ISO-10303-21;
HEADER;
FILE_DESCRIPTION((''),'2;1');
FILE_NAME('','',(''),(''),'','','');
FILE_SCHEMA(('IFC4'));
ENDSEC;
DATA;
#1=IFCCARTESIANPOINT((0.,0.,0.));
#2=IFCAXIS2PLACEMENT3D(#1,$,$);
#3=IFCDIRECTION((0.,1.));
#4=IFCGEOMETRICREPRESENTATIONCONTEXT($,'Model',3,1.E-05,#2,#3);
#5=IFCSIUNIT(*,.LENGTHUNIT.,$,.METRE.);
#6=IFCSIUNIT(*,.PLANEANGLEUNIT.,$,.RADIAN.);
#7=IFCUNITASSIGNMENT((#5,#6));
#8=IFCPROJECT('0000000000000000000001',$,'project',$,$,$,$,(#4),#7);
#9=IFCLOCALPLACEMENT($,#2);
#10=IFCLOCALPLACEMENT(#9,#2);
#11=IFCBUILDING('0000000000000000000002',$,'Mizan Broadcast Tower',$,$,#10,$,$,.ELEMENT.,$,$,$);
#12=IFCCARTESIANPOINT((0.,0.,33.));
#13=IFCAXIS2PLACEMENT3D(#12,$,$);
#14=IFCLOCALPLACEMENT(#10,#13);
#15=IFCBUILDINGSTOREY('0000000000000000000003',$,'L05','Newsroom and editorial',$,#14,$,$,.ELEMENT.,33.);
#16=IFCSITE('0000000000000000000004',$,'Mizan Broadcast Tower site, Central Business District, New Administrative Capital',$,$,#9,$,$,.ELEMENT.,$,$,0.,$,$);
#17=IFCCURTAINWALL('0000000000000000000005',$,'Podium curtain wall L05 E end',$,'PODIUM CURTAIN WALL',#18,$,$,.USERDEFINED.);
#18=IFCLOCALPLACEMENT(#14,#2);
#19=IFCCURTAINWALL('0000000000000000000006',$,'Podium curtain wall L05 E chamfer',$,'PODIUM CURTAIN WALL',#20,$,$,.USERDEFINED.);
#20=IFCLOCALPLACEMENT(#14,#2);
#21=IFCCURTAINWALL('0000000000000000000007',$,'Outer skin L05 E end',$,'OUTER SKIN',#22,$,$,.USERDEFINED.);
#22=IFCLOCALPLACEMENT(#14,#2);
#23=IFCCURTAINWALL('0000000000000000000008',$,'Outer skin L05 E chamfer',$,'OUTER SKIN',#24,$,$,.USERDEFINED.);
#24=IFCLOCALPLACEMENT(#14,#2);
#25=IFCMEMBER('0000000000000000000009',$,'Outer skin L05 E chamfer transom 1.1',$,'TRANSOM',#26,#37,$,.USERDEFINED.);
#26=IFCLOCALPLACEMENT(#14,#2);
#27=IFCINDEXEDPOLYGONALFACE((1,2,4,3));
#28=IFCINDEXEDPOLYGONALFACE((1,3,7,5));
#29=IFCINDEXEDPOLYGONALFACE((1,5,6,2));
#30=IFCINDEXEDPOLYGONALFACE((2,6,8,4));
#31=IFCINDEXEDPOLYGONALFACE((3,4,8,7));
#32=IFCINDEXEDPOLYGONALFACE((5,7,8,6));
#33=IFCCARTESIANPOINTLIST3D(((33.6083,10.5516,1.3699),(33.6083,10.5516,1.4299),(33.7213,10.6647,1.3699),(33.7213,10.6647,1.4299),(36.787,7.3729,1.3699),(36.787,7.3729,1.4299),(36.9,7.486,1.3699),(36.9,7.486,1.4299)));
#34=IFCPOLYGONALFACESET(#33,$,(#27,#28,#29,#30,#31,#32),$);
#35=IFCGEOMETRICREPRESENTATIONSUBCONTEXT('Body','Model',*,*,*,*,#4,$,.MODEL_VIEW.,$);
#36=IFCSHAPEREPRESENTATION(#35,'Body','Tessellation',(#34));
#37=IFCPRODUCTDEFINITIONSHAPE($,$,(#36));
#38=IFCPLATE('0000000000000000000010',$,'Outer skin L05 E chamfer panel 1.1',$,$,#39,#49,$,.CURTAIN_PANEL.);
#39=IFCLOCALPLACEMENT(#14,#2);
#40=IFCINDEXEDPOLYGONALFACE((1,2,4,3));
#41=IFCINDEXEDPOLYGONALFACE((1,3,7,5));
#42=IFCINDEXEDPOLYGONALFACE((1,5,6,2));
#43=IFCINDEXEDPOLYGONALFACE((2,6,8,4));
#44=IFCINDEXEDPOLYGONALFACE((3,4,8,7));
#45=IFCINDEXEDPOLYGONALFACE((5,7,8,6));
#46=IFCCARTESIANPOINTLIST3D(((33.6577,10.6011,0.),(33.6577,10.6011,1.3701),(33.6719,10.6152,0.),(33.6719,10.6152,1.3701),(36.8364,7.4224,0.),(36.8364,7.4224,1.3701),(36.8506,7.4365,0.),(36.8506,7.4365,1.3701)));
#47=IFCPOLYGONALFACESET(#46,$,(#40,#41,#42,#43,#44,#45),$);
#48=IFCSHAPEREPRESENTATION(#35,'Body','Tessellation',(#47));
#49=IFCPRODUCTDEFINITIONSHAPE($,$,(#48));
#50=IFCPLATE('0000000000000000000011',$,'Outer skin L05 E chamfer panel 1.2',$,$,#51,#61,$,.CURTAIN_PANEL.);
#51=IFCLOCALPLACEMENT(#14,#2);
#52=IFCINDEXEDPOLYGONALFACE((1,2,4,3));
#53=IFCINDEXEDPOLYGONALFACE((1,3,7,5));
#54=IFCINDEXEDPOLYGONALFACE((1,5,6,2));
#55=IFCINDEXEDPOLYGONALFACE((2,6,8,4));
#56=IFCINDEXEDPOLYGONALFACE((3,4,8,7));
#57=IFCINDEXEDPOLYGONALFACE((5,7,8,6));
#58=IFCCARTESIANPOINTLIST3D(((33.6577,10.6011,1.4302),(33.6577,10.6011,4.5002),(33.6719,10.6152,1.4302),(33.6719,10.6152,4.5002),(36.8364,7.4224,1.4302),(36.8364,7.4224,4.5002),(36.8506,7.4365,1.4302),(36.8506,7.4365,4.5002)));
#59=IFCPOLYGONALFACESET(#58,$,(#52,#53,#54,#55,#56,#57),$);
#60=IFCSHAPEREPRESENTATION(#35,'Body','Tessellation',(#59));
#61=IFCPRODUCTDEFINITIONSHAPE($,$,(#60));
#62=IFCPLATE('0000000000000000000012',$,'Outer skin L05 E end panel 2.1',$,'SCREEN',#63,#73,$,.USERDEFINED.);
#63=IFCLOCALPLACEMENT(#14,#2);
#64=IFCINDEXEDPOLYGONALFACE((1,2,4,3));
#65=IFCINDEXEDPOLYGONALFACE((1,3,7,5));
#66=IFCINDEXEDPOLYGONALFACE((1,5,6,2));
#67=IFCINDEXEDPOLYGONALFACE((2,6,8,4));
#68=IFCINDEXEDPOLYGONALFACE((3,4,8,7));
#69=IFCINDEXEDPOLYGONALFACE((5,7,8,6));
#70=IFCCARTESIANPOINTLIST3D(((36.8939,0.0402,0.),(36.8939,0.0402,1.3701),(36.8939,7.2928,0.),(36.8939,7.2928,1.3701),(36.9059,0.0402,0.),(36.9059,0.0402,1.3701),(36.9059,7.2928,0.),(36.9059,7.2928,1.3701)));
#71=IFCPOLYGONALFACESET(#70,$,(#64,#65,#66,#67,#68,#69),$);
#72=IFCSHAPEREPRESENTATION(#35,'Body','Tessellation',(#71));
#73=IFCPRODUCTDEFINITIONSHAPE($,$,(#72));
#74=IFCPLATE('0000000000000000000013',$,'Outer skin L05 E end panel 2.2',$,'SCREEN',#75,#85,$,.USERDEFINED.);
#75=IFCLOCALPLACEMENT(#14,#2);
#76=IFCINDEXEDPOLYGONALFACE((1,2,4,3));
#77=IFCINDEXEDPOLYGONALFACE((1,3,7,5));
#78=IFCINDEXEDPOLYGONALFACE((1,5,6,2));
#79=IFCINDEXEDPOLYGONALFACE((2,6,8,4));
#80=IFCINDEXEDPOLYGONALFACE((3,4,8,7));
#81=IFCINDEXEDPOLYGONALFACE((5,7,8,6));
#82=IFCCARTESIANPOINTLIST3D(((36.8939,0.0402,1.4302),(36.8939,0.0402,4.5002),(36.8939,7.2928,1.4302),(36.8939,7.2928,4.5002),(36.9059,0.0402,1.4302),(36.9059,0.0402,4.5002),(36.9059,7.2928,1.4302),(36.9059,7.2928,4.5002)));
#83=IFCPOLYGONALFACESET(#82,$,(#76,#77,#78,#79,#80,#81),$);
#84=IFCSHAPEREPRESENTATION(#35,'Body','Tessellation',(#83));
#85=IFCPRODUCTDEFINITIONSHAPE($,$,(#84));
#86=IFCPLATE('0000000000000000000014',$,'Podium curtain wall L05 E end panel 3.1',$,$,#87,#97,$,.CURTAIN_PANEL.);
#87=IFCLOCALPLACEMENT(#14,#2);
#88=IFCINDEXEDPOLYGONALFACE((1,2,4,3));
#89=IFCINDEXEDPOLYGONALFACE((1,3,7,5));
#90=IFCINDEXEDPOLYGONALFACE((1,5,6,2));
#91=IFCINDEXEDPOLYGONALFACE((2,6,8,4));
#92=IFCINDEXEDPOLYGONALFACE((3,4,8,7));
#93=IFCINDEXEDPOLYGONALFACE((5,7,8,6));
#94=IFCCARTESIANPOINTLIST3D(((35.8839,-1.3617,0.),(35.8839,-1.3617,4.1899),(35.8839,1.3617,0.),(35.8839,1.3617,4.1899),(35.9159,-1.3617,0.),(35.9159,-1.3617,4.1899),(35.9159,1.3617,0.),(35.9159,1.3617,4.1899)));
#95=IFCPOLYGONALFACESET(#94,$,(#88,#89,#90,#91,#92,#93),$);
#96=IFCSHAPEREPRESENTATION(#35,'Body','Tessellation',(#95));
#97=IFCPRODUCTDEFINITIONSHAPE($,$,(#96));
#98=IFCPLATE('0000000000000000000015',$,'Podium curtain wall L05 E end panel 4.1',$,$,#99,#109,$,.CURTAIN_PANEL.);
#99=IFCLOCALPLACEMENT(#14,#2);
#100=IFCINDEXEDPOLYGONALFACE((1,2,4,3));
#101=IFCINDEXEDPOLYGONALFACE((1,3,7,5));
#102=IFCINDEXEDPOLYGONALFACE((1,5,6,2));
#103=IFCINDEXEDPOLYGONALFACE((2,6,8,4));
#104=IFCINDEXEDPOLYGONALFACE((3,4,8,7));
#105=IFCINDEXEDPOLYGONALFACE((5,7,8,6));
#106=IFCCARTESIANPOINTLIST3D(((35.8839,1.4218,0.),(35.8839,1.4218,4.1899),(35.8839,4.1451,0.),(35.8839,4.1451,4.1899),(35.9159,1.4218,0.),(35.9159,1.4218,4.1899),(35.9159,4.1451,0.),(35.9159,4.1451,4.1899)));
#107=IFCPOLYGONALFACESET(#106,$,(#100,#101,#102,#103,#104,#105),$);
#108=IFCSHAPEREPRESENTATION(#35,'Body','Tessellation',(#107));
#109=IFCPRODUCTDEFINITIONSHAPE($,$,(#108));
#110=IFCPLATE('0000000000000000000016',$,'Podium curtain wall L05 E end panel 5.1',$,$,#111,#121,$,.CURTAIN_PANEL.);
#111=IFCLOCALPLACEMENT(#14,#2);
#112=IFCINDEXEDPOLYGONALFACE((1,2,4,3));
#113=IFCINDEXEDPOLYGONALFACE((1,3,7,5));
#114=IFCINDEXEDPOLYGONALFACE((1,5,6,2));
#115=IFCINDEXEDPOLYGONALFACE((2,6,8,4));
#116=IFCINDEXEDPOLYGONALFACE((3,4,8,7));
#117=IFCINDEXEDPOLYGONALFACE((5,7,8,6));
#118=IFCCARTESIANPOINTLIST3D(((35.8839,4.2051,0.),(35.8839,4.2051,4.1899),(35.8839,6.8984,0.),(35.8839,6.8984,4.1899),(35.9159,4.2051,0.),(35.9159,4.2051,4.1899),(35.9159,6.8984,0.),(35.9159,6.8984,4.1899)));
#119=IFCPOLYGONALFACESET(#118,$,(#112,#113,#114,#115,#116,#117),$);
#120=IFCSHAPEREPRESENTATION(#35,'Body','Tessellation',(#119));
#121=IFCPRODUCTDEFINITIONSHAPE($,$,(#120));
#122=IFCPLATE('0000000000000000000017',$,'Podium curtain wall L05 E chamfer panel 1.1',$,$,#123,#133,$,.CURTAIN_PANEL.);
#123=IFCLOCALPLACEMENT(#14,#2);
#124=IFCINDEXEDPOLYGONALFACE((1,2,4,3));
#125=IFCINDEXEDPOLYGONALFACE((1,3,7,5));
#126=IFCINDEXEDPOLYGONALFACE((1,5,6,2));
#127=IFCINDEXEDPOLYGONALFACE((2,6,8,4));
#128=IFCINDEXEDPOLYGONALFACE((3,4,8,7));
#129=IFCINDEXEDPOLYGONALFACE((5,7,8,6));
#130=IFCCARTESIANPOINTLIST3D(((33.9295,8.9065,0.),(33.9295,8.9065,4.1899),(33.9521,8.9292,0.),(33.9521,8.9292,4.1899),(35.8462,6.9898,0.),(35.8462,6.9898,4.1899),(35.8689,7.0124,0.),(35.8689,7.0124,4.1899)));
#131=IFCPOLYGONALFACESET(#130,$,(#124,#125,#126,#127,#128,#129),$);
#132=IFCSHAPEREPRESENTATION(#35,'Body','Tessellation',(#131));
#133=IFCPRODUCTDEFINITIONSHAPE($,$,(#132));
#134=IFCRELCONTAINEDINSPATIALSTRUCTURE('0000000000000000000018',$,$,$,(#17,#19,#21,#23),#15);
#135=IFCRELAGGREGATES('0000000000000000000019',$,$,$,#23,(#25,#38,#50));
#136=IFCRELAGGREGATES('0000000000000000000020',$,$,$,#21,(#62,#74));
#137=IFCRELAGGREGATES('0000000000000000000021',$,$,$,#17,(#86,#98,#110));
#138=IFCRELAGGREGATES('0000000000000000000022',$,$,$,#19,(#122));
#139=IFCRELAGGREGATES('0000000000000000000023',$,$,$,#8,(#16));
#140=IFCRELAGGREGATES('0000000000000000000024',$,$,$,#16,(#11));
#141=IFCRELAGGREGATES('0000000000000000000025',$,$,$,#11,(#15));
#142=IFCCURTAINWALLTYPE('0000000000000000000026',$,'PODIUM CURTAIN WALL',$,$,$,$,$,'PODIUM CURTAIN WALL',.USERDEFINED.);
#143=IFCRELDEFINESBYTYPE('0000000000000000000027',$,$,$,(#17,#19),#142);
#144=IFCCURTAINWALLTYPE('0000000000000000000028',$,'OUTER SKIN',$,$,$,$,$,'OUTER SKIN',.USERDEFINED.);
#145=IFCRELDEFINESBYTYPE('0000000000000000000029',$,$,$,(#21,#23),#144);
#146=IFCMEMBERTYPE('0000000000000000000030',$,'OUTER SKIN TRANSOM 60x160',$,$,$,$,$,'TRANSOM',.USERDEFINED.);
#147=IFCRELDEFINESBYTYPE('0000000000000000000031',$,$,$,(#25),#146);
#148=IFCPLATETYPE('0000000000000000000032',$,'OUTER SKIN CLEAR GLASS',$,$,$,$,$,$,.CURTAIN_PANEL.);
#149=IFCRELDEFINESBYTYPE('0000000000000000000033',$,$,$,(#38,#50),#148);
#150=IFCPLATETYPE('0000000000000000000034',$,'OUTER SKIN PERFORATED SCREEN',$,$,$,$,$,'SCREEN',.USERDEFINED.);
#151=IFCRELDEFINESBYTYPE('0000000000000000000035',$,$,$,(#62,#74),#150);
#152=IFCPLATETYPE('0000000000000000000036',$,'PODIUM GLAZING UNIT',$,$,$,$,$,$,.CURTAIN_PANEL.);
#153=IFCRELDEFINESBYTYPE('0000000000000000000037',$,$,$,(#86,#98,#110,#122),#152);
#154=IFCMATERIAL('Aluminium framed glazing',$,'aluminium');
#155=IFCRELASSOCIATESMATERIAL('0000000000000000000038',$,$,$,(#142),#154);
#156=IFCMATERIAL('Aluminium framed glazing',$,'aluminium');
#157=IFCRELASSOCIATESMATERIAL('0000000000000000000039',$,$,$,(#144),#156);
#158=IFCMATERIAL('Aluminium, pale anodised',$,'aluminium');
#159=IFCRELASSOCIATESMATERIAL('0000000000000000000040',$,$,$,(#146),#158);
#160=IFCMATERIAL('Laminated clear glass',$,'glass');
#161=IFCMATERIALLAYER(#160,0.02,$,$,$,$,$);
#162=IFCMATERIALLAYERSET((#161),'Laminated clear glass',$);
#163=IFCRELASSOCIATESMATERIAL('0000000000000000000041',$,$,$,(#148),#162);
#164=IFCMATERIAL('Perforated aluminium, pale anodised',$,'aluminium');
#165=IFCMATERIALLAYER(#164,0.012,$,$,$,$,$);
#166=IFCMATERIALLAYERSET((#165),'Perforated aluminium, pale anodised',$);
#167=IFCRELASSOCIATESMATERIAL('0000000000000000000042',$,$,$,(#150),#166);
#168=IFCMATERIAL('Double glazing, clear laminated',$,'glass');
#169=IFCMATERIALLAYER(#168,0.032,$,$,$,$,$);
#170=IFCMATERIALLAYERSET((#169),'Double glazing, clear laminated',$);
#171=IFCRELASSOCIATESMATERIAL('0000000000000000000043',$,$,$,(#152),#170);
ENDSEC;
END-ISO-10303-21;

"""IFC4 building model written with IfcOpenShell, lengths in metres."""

from ifc_helpers import new_model, si_unit, direction, frame, origin, origin_2d, place, context, subcontext, project, spatial, rectangle, extrude, material, layer, layer_set, material_profile, profile_set, type_object, element, aggregate, save


model = new_model("IFC4")

# Units and contexts
model_context = context("Model", 3, precision=1e-05, world=origin(), true_north=direction((0.0, 1.0)))
body_context = subcontext(model_context, "Body", "Model", "MODEL_VIEW")
ifc_project = project(units=[si_unit("LENGTHUNIT", "METRE"), si_unit("PLANEANGLEUNIT", "RADIAN")], contexts=[model_context])

# Site, building, storey
site_placement = place(None, origin())
site = spatial("IfcSite", under=ifc_project, at=site_placement, Name="Mizan Broadcast Tower site, Central Business District, New Administrative Capital", CompositionType="ELEMENT", RefElevation=0.0)
building_placement = place(site_placement, origin())
building = spatial("IfcBuilding", under=site, at=building_placement, Name="Mizan Broadcast Tower", CompositionType="ELEMENT")
storey_placement = place(building_placement, frame((0.0, 0.0, 33.0)))
storey = spatial("IfcBuildingStorey", under=building, at=storey_placement, Name="L05", Description="Newsroom and editorial", CompositionType="ELEMENT", Elevation=33.0)

# Curtain wall
ifc_material_1 = material(Name="Aluminium framed glazing", Category="aluminium")
curtain_wall_type_1 = type_object("IfcCurtainWallType", Name="PODIUM CURTAIN WALL", ElementType="PODIUM CURTAIN WALL", PredefinedType="USERDEFINED", material=ifc_material_1)
curtain_wall_1_placement = place(storey_placement, origin())
curtain_wall_1 = element("IfcCurtainWall", 1, at=curtain_wall_1_placement, inside=storey, type_object=curtain_wall_type_1, Name="Podium curtain wall L05 E end", ObjectType="PODIUM CURTAIN WALL", PredefinedType="USERDEFINED")

# Curtain wall
curtain_wall_2_placement = place(storey_placement, origin())
curtain_wall_2 = element("IfcCurtainWall", 2, at=curtain_wall_2_placement, inside=storey, type_object=curtain_wall_type_1, Name="Podium curtain wall L05 E chamfer", ObjectType="PODIUM CURTAIN WALL", PredefinedType="USERDEFINED")

# Curtain wall
ifc_material_2 = material(Name="Aluminium framed glazing", Category="aluminium")
curtain_wall_type_2 = type_object("IfcCurtainWallType", Name="OUTER SKIN", ElementType="OUTER SKIN", PredefinedType="USERDEFINED", material=ifc_material_2)
curtain_wall_3_placement = place(storey_placement, origin())
curtain_wall_3 = element("IfcCurtainWall", 3, at=curtain_wall_3_placement, inside=storey, type_object=curtain_wall_type_2, Name="Outer skin L05 E end", ObjectType="OUTER SKIN", PredefinedType="USERDEFINED")
ifc_material_3 = material(Name="Aluminium, pale anodised", Category="aluminium")
ifc_material_profile_1 = material_profile(ifc_material_3, rectangle(XDim=0.1599, YDim=0.0601, at=origin_2d()), Name="TRANSOM 160x60")
ifc_profile_set_1 = profile_set([ifc_material_profile_1], Name="Aluminium, pale anodised")
member_type_1 = type_object("IfcMemberType", Name="OUTER SKIN TRANSOM 60x160", ElementType="TRANSOM", PredefinedType="USERDEFINED", material=ifc_profile_set_1)

# Curtain wall, member, plates
curtain_wall_4_placement = place(storey_placement, origin())
curtain_wall_4 = element("IfcCurtainWall", 4, at=curtain_wall_4_placement, inside=storey, type_object=curtain_wall_type_2, Name="Outer skin L05 E chamfer", ObjectType="OUTER SKIN", PredefinedType="USERDEFINED")
member_1_placement = place(storey_placement, frame((36.8435, 7.4294, 1.3999), z_axis=(-0.707107, 0.707107, 0.0), x_axis=(-0.707107, -0.707107, 0.0)))
member_1 = element("IfcMember", 5, at=member_1_placement, type_object=member_type_1, Name="Outer skin L05 E chamfer transom 1.1", ObjectType="TRANSOM", PredefinedType="USERDEFINED", context=body_context, shape_type="SweptSolid", body=[
    extrude(rectangle(XDim=0.1599, YDim=0.0601, at=origin_2d()), origin(), (0.0, 0.0, 1.0), 4.4954),
])
ifc_material_4 = material(Name="Laminated clear glass", Category="glass")
ifc_layer_1 = layer(ifc_material_4, 0.02)
ifc_layer_set_1 = layer_set([ifc_layer_1], Name="Laminated clear glass")
plate_type_1 = type_object("IfcPlateType", Name="OUTER SKIN CLEAR GLASS", PredefinedType="CURTAIN_PANEL", material=ifc_layer_set_1)
plate_1_placement = place(storey_placement, frame((35.2542, 9.0188, 0.0), z_axis=(0.0, 0.0, 1.0), x_axis=(-0.707107, 0.707107, 0.0)))
plate_1 = element("IfcPlate", 6, at=plate_1_placement, type_object=plate_type_1, Name="Outer skin L05 E chamfer panel 1.1", PredefinedType="CURTAIN_PANEL", context=body_context, shape_type="SweptSolid", body=[
    extrude(rectangle(XDim=4.4954, YDim=0.02, at=origin_2d()), origin(), (0.0, 0.0, 1.0), 1.3701),
])
plate_2_placement = place(storey_placement, frame((35.2542, 9.0188, 1.4302), z_axis=(0.0, 0.0, 1.0), x_axis=(-0.707107, 0.707107, 0.0)))
plate_2 = element("IfcPlate", 7, at=plate_2_placement, type_object=plate_type_1, Name="Outer skin L05 E chamfer panel 1.2", PredefinedType="CURTAIN_PANEL", context=body_context, shape_type="SweptSolid", body=[
    extrude(rectangle(XDim=4.4954, YDim=0.02, at=origin_2d()), origin(), (0.0, 0.0, 1.0), 3.0701),
])
aggregate(curtain_wall_4, [member_1, plate_1, plate_2])

# Plates
ifc_material_5 = material(Name="Perforated aluminium, pale anodised", Category="aluminium")
ifc_layer_2 = layer(ifc_material_5, 0.012)
ifc_layer_set_2 = layer_set([ifc_layer_2], Name="Perforated aluminium, pale anodised")
plate_type_2 = type_object("IfcPlateType", Name="OUTER SKIN PERFORATED SCREEN", ElementType="SCREEN", PredefinedType="USERDEFINED", material=ifc_layer_set_2)
plate_3_placement = place(storey_placement, frame((36.8999, 3.6665, 0.0), z_axis=(0.0, 0.0, 1.0), x_axis=(0.0, 1.0, 0.0)))
plate_3 = element("IfcPlate", 8, at=plate_3_placement, type_object=plate_type_2, Name="Outer skin L05 E end panel 2.1", ObjectType="SCREEN", PredefinedType="USERDEFINED", context=body_context, shape_type="SweptSolid", body=[
    extrude(rectangle(XDim=7.2527, YDim=0.012, at=origin_2d()), origin(), (0.0, 0.0, 1.0), 1.3701),
])
plate_4_placement = place(storey_placement, frame((36.8999, 3.6665, 1.4302), z_axis=(0.0, 0.0, 1.0), x_axis=(0.0, 1.0, 0.0)))
plate_4 = element("IfcPlate", 9, at=plate_4_placement, type_object=plate_type_2, Name="Outer skin L05 E end panel 2.2", ObjectType="SCREEN", PredefinedType="USERDEFINED", context=body_context, shape_type="SweptSolid", body=[
    extrude(rectangle(XDim=7.2527, YDim=0.012, at=origin_2d()), origin(), (0.0, 0.0, 1.0), 3.0701),
])
aggregate(curtain_wall_3, [plate_3, plate_4])
ifc_material_6 = material(Name="Double glazing, clear laminated", Category="glass")
ifc_layer_3 = layer(ifc_material_6, 0.032)
ifc_layer_set_3 = layer_set([ifc_layer_3], Name="Double glazing, clear laminated")
plate_type_3 = type_object("IfcPlateType", Name="PODIUM GLAZING UNIT", PredefinedType="CURTAIN_PANEL", material=ifc_layer_set_3)
plate_5_placement = place(storey_placement, frame((35.8999, 0.0, 0.0), z_axis=(0.0, 0.0, 1.0), x_axis=(0.0, 1.0, 0.0)))
plate_5 = element("IfcPlate", 10, at=plate_5_placement, type_object=plate_type_3, Name="Podium curtain wall L05 E end panel 3.1", PredefinedType="CURTAIN_PANEL", context=body_context, shape_type="SweptSolid", body=[
    extrude(rectangle(XDim=2.7234, YDim=0.032, at=origin_2d()), origin(), (0.0, 0.0, 1.0), 4.1899),
])
plate_6_placement = place(storey_placement, frame((35.8999, 2.7834, 0.0), z_axis=(0.0, 0.0, 1.0), x_axis=(0.0, 1.0, 0.0)))
plate_6 = element("IfcPlate", 11, at=plate_6_placement, type_object=plate_type_3, Name="Podium curtain wall L05 E end panel 4.1", PredefinedType="CURTAIN_PANEL", context=body_context, shape_type="SweptSolid", body=[
    extrude(rectangle(XDim=2.7234, YDim=0.032, at=origin_2d()), origin(), (0.0, 0.0, 1.0), 4.1899),
])
plate_7_placement = place(storey_placement, frame((35.8999, 5.5518, 0.0), z_axis=(0.0, 0.0, 1.0), x_axis=(0.0, 1.0, 0.0)))
plate_7 = element("IfcPlate", 12, at=plate_7_placement, type_object=plate_type_3, Name="Podium curtain wall L05 E end panel 5.1", PredefinedType="CURTAIN_PANEL", context=body_context, shape_type="SweptSolid", body=[
    extrude(rectangle(XDim=2.6934, YDim=0.032, at=origin_2d()), origin(), (0.0, 0.0, 1.0), 4.1899),
])
aggregate(curtain_wall_1, [plate_5, plate_6, plate_7])
plate_8_placement = place(storey_placement, frame((34.8992, 7.9595, 0.0), z_axis=(0.0, 0.0, 1.0), x_axis=(-0.707107, 0.707107, 0.0)))
plate_8 = element("IfcPlate", 13, at=plate_8_placement, type_object=plate_type_3, Name="Podium curtain wall L05 E chamfer panel 1.1", PredefinedType="CURTAIN_PANEL", context=body_context, shape_type="SweptSolid", body=[
    extrude(rectangle(XDim=2.7107, YDim=0.032, at=origin_2d()), origin(), (0.0, 0.0, 1.0), 4.1899),
])
aggregate(curtain_wall_2, [plate_8])

save(model, "model.ifc")
